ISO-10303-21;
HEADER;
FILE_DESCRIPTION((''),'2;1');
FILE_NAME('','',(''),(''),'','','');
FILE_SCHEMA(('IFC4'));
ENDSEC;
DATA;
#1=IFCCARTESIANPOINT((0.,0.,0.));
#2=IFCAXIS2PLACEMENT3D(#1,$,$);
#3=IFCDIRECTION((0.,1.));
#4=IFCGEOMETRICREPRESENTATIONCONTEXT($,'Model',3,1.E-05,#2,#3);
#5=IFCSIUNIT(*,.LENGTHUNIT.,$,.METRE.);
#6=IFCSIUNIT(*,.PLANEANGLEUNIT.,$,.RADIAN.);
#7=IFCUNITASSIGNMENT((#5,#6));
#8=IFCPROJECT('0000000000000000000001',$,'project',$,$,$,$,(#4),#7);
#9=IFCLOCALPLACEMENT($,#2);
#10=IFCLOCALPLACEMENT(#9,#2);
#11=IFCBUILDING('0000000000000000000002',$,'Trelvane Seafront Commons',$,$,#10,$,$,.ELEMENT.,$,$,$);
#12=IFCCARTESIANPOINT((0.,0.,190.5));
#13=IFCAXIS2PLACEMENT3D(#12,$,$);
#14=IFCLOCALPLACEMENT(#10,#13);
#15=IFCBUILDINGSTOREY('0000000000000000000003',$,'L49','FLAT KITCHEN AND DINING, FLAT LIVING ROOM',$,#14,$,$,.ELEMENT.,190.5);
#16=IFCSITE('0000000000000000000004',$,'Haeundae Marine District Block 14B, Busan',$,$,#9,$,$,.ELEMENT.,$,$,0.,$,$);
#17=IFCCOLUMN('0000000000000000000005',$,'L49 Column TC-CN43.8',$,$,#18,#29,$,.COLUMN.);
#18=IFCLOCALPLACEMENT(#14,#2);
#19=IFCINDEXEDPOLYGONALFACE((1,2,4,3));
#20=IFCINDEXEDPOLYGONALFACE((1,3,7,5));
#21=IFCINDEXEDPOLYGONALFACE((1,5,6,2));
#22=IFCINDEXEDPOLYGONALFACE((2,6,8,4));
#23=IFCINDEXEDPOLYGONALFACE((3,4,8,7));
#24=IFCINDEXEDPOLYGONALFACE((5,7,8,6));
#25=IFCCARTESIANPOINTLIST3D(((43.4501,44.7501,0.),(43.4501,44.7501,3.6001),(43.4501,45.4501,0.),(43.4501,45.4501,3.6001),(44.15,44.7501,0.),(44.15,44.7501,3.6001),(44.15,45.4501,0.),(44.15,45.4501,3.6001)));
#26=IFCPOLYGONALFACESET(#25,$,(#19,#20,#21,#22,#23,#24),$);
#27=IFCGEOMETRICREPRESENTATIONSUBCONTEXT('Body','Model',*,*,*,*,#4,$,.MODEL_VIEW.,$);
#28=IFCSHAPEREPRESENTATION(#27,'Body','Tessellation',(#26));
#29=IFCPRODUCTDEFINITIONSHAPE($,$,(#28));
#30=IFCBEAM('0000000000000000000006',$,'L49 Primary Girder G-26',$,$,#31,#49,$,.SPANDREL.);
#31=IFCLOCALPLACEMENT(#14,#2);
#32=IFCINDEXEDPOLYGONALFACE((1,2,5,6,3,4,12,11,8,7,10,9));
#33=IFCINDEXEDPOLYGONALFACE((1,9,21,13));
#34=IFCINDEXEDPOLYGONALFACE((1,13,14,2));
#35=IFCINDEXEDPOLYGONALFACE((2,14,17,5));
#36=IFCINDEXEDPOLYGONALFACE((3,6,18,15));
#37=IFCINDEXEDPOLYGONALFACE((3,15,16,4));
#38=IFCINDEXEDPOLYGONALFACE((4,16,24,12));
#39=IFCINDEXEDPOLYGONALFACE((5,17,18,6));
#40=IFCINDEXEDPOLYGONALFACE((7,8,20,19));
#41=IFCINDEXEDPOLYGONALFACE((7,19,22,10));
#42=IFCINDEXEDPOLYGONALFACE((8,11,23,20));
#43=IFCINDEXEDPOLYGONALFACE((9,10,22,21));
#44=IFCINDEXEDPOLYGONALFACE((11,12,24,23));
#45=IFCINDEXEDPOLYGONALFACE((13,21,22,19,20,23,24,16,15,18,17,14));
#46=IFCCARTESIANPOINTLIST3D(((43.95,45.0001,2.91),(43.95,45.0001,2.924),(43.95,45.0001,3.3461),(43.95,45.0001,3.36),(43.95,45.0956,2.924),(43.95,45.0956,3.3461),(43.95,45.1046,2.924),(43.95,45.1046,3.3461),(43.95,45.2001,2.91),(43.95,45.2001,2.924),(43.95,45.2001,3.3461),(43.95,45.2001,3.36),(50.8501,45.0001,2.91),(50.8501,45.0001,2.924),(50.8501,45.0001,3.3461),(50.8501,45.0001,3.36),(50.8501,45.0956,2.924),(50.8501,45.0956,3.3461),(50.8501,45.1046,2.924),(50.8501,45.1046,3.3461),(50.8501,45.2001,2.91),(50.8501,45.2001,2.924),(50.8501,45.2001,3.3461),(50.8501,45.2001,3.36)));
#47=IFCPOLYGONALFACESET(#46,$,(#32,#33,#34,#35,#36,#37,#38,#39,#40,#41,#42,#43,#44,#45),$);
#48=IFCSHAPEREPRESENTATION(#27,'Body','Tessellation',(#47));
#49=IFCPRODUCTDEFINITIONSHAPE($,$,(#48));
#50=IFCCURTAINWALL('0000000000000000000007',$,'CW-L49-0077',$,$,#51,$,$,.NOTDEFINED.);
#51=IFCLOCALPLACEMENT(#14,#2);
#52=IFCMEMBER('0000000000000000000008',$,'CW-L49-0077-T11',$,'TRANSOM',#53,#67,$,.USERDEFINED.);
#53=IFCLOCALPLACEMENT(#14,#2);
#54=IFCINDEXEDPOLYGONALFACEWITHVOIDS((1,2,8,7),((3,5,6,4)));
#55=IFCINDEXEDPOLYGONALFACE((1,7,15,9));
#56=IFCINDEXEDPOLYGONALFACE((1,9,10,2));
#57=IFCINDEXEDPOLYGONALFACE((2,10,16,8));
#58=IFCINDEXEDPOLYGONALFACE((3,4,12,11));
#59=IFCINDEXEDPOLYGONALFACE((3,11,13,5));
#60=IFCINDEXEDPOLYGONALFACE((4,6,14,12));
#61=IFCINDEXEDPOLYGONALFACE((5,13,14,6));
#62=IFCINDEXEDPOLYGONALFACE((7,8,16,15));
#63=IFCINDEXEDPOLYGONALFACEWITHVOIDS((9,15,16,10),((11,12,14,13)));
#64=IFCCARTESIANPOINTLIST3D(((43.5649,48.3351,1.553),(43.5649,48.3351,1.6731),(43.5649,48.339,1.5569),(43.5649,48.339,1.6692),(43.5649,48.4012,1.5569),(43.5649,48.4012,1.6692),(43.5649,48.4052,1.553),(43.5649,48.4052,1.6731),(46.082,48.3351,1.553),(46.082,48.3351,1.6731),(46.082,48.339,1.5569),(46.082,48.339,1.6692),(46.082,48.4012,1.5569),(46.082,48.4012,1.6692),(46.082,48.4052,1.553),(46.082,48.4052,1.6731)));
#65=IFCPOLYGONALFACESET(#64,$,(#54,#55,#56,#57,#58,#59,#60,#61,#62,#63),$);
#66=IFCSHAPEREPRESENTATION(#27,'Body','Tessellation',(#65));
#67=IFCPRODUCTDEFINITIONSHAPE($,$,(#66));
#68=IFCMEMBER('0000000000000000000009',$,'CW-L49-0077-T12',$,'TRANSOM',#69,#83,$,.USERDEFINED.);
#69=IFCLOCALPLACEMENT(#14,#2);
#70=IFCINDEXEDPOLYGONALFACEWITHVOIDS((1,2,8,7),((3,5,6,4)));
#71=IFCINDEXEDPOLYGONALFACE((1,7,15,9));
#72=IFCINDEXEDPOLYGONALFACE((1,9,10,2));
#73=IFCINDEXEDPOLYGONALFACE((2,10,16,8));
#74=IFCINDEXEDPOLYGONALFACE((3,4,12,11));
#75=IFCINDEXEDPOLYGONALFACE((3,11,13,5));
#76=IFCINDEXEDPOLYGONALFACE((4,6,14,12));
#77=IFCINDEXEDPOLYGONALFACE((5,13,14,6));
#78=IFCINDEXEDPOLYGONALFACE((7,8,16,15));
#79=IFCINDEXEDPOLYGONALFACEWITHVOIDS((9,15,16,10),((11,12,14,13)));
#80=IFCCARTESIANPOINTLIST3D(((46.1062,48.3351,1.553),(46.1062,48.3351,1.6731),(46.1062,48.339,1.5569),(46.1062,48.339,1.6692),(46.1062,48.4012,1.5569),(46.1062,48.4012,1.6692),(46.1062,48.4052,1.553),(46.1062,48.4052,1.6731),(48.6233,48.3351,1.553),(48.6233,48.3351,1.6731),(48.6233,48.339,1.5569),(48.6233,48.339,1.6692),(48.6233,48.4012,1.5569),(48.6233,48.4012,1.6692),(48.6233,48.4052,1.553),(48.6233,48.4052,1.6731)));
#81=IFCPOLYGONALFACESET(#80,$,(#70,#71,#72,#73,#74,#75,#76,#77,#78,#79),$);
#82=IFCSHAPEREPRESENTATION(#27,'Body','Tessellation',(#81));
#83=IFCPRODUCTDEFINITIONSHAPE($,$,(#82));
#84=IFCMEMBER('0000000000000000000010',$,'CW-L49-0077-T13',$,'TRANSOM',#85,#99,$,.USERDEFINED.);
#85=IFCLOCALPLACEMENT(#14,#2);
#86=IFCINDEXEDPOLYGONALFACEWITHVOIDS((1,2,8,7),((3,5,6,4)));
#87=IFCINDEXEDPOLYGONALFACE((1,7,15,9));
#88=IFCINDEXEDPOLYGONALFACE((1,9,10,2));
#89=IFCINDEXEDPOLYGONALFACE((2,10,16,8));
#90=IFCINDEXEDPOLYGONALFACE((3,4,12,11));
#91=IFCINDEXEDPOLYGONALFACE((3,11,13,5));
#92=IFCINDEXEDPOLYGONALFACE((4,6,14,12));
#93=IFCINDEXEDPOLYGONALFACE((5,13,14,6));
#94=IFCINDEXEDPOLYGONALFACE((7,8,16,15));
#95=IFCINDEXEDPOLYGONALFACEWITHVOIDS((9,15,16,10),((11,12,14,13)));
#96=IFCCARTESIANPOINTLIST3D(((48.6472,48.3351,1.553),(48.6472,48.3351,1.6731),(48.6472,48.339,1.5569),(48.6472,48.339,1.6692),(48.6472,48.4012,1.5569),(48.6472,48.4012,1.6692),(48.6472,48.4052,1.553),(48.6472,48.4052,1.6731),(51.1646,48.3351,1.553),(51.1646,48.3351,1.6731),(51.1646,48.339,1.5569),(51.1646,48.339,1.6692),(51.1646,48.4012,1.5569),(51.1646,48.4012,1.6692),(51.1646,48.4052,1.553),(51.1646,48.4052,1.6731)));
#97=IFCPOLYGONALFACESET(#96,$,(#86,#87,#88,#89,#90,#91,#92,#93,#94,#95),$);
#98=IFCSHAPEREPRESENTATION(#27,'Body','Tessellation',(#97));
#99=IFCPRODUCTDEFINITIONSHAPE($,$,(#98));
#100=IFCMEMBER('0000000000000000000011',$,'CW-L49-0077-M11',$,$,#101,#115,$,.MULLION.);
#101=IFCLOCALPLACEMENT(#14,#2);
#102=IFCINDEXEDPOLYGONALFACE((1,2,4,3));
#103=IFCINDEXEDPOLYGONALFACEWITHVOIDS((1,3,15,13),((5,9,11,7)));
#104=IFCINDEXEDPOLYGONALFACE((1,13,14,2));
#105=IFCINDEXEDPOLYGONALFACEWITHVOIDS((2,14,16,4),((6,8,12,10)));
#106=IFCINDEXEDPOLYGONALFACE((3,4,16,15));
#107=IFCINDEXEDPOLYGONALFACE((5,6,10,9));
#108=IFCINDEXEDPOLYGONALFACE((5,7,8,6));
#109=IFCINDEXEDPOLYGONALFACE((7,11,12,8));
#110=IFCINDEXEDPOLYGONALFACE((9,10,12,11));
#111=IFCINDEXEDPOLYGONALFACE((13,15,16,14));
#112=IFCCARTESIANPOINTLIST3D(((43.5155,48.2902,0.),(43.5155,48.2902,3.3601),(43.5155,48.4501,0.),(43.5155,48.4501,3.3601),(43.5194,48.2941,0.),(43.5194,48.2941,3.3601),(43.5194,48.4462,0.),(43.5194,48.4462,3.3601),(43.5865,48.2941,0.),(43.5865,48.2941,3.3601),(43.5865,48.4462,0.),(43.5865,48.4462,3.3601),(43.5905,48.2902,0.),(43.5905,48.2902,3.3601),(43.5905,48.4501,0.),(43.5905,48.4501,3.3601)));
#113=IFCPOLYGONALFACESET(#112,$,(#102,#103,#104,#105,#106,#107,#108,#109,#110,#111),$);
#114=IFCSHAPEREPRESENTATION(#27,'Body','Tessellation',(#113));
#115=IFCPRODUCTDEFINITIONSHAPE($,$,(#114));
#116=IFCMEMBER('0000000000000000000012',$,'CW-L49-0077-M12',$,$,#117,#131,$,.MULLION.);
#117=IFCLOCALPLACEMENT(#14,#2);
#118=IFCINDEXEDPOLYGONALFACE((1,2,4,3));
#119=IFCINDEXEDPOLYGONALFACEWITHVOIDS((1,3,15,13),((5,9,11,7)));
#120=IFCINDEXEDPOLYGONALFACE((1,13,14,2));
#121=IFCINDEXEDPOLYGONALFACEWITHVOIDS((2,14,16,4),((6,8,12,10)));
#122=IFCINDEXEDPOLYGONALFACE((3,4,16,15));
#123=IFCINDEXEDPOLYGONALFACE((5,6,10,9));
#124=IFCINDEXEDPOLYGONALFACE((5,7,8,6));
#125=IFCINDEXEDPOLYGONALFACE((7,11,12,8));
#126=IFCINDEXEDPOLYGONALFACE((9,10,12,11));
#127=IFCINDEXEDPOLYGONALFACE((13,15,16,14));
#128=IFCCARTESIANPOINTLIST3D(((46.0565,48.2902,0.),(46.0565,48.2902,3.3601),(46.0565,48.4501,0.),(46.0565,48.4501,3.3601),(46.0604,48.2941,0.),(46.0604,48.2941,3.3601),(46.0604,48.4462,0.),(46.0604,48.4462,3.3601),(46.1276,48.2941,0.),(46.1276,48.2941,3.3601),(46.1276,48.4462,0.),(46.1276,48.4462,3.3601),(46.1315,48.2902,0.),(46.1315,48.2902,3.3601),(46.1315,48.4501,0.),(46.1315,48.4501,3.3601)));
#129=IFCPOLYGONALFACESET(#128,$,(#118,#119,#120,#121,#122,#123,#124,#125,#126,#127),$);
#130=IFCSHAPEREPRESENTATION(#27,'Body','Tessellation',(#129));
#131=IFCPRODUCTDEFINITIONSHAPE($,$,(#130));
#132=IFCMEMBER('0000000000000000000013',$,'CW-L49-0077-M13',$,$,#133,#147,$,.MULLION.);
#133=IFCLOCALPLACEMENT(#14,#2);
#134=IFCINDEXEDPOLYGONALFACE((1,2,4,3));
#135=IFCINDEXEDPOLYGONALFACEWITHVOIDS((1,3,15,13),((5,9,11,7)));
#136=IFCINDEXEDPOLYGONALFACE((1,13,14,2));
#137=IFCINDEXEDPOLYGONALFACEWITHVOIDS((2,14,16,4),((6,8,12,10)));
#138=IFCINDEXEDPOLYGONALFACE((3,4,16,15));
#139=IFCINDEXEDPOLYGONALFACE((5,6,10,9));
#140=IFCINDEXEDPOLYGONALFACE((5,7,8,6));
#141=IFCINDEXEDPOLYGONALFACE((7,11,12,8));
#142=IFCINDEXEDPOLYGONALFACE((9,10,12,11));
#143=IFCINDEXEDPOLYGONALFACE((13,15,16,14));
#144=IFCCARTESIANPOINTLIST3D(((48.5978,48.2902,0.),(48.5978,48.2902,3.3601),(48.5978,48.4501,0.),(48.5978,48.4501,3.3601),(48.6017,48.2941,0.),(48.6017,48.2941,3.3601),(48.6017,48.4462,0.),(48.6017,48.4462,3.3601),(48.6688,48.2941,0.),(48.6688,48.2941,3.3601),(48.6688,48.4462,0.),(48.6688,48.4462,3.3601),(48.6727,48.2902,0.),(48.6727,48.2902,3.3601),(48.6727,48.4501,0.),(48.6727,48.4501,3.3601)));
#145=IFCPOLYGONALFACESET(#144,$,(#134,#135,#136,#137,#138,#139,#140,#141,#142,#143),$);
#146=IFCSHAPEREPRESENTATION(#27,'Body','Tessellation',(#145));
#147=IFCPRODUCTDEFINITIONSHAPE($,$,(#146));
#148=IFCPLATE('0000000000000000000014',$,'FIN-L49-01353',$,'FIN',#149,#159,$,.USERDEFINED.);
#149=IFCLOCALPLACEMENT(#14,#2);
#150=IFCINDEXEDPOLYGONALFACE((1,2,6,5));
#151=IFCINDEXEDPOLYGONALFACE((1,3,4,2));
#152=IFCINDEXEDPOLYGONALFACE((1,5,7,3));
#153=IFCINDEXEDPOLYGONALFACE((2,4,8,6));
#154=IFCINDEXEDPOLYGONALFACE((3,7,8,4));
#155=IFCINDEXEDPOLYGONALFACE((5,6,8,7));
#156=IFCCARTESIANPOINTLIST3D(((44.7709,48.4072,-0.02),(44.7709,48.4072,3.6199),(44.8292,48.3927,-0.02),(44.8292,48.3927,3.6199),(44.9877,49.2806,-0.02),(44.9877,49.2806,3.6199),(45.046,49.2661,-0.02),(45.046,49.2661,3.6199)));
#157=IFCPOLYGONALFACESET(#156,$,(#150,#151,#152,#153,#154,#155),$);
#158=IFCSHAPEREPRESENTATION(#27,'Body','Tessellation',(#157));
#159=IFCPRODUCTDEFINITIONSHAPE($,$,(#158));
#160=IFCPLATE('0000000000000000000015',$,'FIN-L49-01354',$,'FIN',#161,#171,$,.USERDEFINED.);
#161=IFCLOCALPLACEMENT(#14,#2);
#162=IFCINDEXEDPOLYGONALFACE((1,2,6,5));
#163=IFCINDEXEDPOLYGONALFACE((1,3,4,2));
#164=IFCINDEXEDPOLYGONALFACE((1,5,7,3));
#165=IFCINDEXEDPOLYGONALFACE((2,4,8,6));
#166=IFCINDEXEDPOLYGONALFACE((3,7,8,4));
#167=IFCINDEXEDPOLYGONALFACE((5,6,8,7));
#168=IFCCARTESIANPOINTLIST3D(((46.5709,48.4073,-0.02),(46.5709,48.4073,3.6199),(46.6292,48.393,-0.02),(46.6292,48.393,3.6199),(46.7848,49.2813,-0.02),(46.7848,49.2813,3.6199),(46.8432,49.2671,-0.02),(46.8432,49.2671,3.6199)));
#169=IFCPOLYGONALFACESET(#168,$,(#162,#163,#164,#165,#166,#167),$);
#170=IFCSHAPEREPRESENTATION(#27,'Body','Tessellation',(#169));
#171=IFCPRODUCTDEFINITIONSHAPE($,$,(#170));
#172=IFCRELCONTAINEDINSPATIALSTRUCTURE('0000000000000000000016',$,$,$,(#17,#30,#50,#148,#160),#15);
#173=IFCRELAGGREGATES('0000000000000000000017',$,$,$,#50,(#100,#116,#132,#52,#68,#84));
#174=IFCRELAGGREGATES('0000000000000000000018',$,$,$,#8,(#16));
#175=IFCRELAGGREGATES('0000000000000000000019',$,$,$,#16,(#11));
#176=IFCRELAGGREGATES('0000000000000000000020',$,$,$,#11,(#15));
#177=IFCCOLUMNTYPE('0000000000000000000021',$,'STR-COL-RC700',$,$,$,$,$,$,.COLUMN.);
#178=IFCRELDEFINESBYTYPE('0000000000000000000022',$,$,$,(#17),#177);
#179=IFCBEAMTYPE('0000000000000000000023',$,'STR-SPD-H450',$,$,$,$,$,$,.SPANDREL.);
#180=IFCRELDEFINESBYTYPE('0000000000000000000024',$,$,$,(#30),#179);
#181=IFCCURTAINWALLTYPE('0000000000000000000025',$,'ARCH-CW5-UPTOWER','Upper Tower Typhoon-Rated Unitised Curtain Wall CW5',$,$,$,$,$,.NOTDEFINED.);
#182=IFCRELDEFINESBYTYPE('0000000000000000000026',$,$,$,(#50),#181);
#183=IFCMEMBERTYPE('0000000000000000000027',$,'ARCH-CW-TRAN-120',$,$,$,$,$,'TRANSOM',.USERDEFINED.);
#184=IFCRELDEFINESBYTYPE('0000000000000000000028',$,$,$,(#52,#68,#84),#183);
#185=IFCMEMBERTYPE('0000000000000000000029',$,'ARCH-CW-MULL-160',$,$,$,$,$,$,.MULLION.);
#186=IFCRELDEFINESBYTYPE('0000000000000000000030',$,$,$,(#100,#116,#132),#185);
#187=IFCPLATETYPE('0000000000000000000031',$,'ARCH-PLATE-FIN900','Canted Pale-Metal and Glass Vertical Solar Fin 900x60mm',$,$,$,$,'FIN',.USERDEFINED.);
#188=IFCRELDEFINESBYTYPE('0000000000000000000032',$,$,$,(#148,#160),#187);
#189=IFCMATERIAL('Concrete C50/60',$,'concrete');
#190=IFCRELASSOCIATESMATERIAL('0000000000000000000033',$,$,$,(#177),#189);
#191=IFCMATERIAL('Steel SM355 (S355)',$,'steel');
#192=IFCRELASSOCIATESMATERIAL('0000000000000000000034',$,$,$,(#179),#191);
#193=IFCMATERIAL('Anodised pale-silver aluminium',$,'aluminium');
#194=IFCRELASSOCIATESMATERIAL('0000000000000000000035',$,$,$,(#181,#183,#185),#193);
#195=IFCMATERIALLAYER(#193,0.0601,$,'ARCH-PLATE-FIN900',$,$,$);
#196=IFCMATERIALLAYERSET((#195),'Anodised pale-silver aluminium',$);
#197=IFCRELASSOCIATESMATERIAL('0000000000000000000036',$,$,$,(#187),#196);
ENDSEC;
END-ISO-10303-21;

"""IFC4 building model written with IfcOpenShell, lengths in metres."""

from ifc_helpers import new_model, si_unit, direction, frame, origin, origin_2d, place, context, subcontext, project, spatial, rectangle, hollow_rectangle, i_section, extrude, source, transform, mapped, material, layer, layer_set, material_profile, profile_set, type_object, element, aggregate, save


model = new_model("IFC4")

# Units and contexts
model_context = context("Model", 3, precision=1e-05, world=origin(), true_north=direction((0.0, 1.0)))
body_context = subcontext(model_context, "Body", "Model", "MODEL_VIEW")
ifc_project = project(units=[si_unit("LENGTHUNIT", "METRE"), si_unit("PLANEANGLEUNIT", "RADIAN")], contexts=[model_context])

# Site, building, storey
site_placement = place(None, origin())
site = spatial("IfcSite", under=ifc_project, at=site_placement, Name="Haeundae Marine District Block 14B, Busan", CompositionType="ELEMENT", RefElevation=0.0)
building_placement = place(site_placement, origin())
building = spatial("IfcBuilding", under=site, at=building_placement, Name="Trelvane Seafront Commons", CompositionType="ELEMENT")
storey_placement = place(building_placement, frame((0.0, 0.0, 190.5)))
storey = spatial("IfcBuildingStorey", under=building, at=storey_placement, Name="L49", Description="FLAT KITCHEN AND DINING, FLAT LIVING ROOM", CompositionType="ELEMENT", Elevation=190.5)

# Column
ifc_material_1 = material(Name="Concrete C50/60", Category="concrete")
ifc_material_profile_1 = material_profile(ifc_material_1, rectangle(XDim=0.7, YDim=0.7, at=origin_2d()), Name="RC-700x700")
ifc_profile_set_1 = profile_set([ifc_material_profile_1], Name="Concrete C50/60")
column_type = type_object("IfcColumnType", Name="STR-COL-RC700", PredefinedType="COLUMN", material=ifc_profile_set_1)
shared_shape_1 = source(origin(), body_context, "Body", "SweptSolid", [
    extrude(rectangle(XDim=0.7, YDim=0.7, at=origin_2d()), origin(), (0.0, 0.0, 1.0), 3.6001),
])
column_placement = place(storey_placement, frame((43.8, 45.1001, 0.0), z_axis=(0.0, 0.0, 1.0), x_axis=(1.0, 0.0, 0.0)))
element("IfcColumn", 1, at=column_placement, inside=storey, type_object=column_type, Name="L49 Column TC-CN43.8", PredefinedType="COLUMN", context=body_context, shape_type="MappedRepresentation", body=[
    mapped(shared_shape_1, transform((0.0, 0.0, 0.0), x_axis=(1.0, 0.0, 0.0), y_axis=(0.0, 1.0, 0.0), z_axis=(0.0, 0.0, 1.0), scale=1.0)),
])

# Beam
ifc_material_2 = material(Name="Steel SM355 (S355)", Category="steel")
ifc_material_profile_2 = material_profile(ifc_material_2, i_section(OverallWidth=0.2, OverallDepth=0.45, WebThickness=0.009, FlangeThickness=0.0139, at=origin_2d()), Name="H-450x200x9x14")
ifc_profile_set_2 = profile_set([ifc_material_profile_2], Name="Steel SM355 (S355)")
beam_type = type_object("IfcBeamType", Name="STR-SPD-H450", PredefinedType="SPANDREL", material=ifc_profile_set_2)
shared_shape_2 = source(origin(), body_context, "Body", "SweptSolid", [
    extrude(i_section(OverallWidth=0.2, OverallDepth=0.45, WebThickness=0.009, FlangeThickness=0.0139, at=origin_2d()), origin(), (0.0, 0.0, 1.0), 6.9001),
])
beam_placement = place(storey_placement, frame((43.95, 45.1001, 3.135), z_axis=(1.0, 0.0, 0.0), x_axis=(0.0, 1.0, 0.0)))
element("IfcBeam", 2, at=beam_placement, inside=storey, type_object=beam_type, Name="L49 Primary Girder G-26", PredefinedType="SPANDREL", context=body_context, shape_type="MappedRepresentation", body=[
    mapped(shared_shape_2, transform((0.0, 0.0, 0.0), x_axis=(1.0, 0.0, 0.0), y_axis=(0.0, 1.0, 0.0), z_axis=(0.0, 0.0, 1.0), scale=1.0)),
])

# Curtain wall, members
ifc_material_3 = material(Name="Anodised pale-silver aluminium", Category="aluminium")
curtain_wall_type = type_object("IfcCurtainWallType", Name="ARCH-CW5-UPTOWER", Description="Upper Tower Typhoon-Rated Unitised Curtain Wall CW5", PredefinedType="NOTDEFINED", material=ifc_material_3)
curtain_wall_placement = place(storey_placement, origin())
curtain_wall = element("IfcCurtainWall", 3, at=curtain_wall_placement, inside=storey, type_object=curtain_wall_type, Name="CW-L49-0077", PredefinedType="NOTDEFINED")
ifc_material_profile_3 = material_profile(ifc_material_3, hollow_rectangle(XDim=0.0701, YDim=0.1201, WallThickness=0.0039, at=origin_2d()), Name="TRAN-70x120x4")
ifc_profile_set_3 = profile_set([ifc_material_profile_3], Name="Anodised pale-silver aluminium")
member_type_1 = type_object("IfcMemberType", Name="ARCH-CW-TRAN-120", ElementType="TRANSOM", PredefinedType="USERDEFINED", material=ifc_profile_set_3)
shared_shape_3 = source(origin(), body_context, "Body", "SweptSolid", [
    extrude(hollow_rectangle(XDim=0.0701, YDim=0.1201, WallThickness=0.0039, at=origin_2d()), origin(), (0.0, 0.0, 1.0), 2.5171),
])
member_1_placement = place(storey_placement, frame((43.5649, 48.3701, 1.613), z_axis=(1.0, 0.0, 0.0), x_axis=(0.0, 1.0, 0.0)))
member_1 = element("IfcMember", 4, at=member_1_placement, type_object=member_type_1, Name="CW-L49-0077-T11", ObjectType="TRANSOM", PredefinedType="USERDEFINED", context=body_context, shape_type="MappedRepresentation", body=[
    mapped(shared_shape_3, transform((0.0, 0.0, 0.0), x_axis=(1.0, 0.0, 0.0), y_axis=(0.0, 1.0, 0.0), z_axis=(0.0, 0.0, 1.0), scale=1.0)),
])
member_2_placement = place(storey_placement, frame((46.1062, 48.3701, 1.613), z_axis=(1.0, 0.0, 0.0), x_axis=(0.0, 1.0, 0.0)))
member_2 = element("IfcMember", 5, at=member_2_placement, type_object=member_type_1, Name="CW-L49-0077-T12", ObjectType="TRANSOM", PredefinedType="USERDEFINED", context=body_context, shape_type="MappedRepresentation", body=[
    mapped(shared_shape_3, transform((0.0, 0.0, 0.0), x_axis=(1.0, 0.0, 0.0), y_axis=(0.0, 1.0, 0.0), z_axis=(0.0, 0.0, 1.0), scale=1.0)),
])
shared_shape_4 = source(origin(), body_context, "Body", "SweptSolid", [
    extrude(hollow_rectangle(XDim=0.0701, YDim=0.1201, WallThickness=0.0039, at=origin_2d()), origin(), (0.0, 0.0, 1.0), 2.5173),
])
member_3_placement = place(storey_placement, frame((48.6472, 48.3701, 1.613), z_axis=(1.0, 0.0, 0.0), x_axis=(0.0, 1.0, 0.0)))
member_3 = element("IfcMember", 6, at=member_3_placement, type_object=member_type_1, Name="CW-L49-0077-T13", ObjectType="TRANSOM", PredefinedType="USERDEFINED", context=body_context, shape_type="MappedRepresentation", body=[
    mapped(shared_shape_4, transform((0.0, 0.0, 0.0), x_axis=(1.0, 0.0, 0.0), y_axis=(0.0, 1.0, 0.0), z_axis=(0.0, 0.0, 1.0), scale=1.0)),
])
ifc_material_profile_4 = material_profile(ifc_material_3, hollow_rectangle(XDim=0.075, YDim=0.1599, WallThickness=0.0039, at=origin_2d()), Name="MULL-75x160x4")
ifc_profile_set_4 = profile_set([ifc_material_profile_4], Name="Anodised pale-silver aluminium")
member_type_2 = type_object("IfcMemberType", Name="ARCH-CW-MULL-160", PredefinedType="MULLION", material=ifc_profile_set_4)
shared_shape_5 = source(origin(), body_context, "Body", "SweptSolid", [
    extrude(hollow_rectangle(XDim=0.075, YDim=0.1599, WallThickness=0.0039, at=origin_2d()), origin(), (0.0, 0.0, 1.0), 3.3601),
])
member_4_placement = place(storey_placement, frame((43.553, 48.3701, 0.0), z_axis=(0.0, 0.0, 1.0), x_axis=(1.0, 0.0, 0.0)))
member_4 = element("IfcMember", 7, at=member_4_placement, type_object=member_type_2, Name="CW-L49-0077-M11", PredefinedType="MULLION", context=body_context, shape_type="MappedRepresentation", body=[
    mapped(shared_shape_5, transform((0.0, 0.0, 0.0), x_axis=(1.0, 0.0, 0.0), y_axis=(0.0, 1.0, 0.0), z_axis=(0.0, 0.0, 1.0), scale=1.0)),
])
member_5_placement = place(storey_placement, frame((46.094, 48.3701, 0.0), z_axis=(0.0, 0.0, 1.0), x_axis=(1.0, 0.0, 0.0)))
member_5 = element("IfcMember", 8, at=member_5_placement, type_object=member_type_2, Name="CW-L49-0077-M12", PredefinedType="MULLION", context=body_context, shape_type="MappedRepresentation", body=[
    mapped(shared_shape_5, transform((0.0, 0.0, 0.0), x_axis=(1.0, 0.0, 0.0), y_axis=(0.0, 1.0, 0.0), z_axis=(0.0, 0.0, 1.0), scale=1.0)),
])
member_6_placement = place(storey_placement, frame((48.6353, 48.3701, 0.0), z_axis=(0.0, 0.0, 1.0), x_axis=(1.0, 0.0, 0.0)))
member_6 = element("IfcMember", 9, at=member_6_placement, type_object=member_type_2, Name="CW-L49-0077-M13", PredefinedType="MULLION", context=body_context, shape_type="MappedRepresentation", body=[
    mapped(shared_shape_5, transform((0.0, 0.0, 0.0), x_axis=(1.0, 0.0, 0.0), y_axis=(0.0, 1.0, 0.0), z_axis=(0.0, 0.0, 1.0), scale=1.0)),
])

# Plates
ifc_layer_1 = layer(ifc_material_3, 0.0601, Name="ARCH-PLATE-FIN900")
ifc_layer_set_1 = layer_set([ifc_layer_1], Name="Anodised pale-silver aluminium")
plate_type_1 = type_object("IfcPlateType", Name="ARCH-PLATE-FIN900", Description="Canted Pale-Metal and Glass Vertical Solar Fin 900x60mm", ElementType="FIN", PredefinedType="USERDEFINED", material=ifc_layer_set_1)
shared_shape_6 = source(origin(), body_context, "Body", "SweptSolid", [
    extrude(rectangle(XDim=0.8999, YDim=0.0601, at=origin_2d()), origin(), (0.0, 0.0, 1.0), 3.6399),
])
for number, where, z_axis, x_axis, name in (
    (10, (44.9084, 48.8367, -0.02), (0.0, 0.0, 1.0), (0.240992, 0.970527, 0.0), "FIN-L49-01353"),
    (11, (46.707, 48.8372, -0.02), (0.0, 0.0, 1.0), (0.237774, 0.97132, 0.0), "FIN-L49-01354"),
):
    element("IfcPlate", number, at=place(storey_placement, frame(where, z_axis=z_axis, x_axis=x_axis)), inside=storey, type_object=plate_type_1, Name=name, ObjectType="FIN", PredefinedType="USERDEFINED", context=body_context, shape_type="MappedRepresentation", body=[
        mapped(shared_shape_6, transform((0.0, 0.0, 0.0), x_axis=(1.0, 0.0, 0.0), y_axis=(0.0, 1.0, 0.0), z_axis=(0.0, 0.0, 1.0), scale=1.0)),
    ])

aggregate(curtain_wall, [member_4, member_5, member_6, member_1, member_2, member_3])

save(model, "model.ifc")
